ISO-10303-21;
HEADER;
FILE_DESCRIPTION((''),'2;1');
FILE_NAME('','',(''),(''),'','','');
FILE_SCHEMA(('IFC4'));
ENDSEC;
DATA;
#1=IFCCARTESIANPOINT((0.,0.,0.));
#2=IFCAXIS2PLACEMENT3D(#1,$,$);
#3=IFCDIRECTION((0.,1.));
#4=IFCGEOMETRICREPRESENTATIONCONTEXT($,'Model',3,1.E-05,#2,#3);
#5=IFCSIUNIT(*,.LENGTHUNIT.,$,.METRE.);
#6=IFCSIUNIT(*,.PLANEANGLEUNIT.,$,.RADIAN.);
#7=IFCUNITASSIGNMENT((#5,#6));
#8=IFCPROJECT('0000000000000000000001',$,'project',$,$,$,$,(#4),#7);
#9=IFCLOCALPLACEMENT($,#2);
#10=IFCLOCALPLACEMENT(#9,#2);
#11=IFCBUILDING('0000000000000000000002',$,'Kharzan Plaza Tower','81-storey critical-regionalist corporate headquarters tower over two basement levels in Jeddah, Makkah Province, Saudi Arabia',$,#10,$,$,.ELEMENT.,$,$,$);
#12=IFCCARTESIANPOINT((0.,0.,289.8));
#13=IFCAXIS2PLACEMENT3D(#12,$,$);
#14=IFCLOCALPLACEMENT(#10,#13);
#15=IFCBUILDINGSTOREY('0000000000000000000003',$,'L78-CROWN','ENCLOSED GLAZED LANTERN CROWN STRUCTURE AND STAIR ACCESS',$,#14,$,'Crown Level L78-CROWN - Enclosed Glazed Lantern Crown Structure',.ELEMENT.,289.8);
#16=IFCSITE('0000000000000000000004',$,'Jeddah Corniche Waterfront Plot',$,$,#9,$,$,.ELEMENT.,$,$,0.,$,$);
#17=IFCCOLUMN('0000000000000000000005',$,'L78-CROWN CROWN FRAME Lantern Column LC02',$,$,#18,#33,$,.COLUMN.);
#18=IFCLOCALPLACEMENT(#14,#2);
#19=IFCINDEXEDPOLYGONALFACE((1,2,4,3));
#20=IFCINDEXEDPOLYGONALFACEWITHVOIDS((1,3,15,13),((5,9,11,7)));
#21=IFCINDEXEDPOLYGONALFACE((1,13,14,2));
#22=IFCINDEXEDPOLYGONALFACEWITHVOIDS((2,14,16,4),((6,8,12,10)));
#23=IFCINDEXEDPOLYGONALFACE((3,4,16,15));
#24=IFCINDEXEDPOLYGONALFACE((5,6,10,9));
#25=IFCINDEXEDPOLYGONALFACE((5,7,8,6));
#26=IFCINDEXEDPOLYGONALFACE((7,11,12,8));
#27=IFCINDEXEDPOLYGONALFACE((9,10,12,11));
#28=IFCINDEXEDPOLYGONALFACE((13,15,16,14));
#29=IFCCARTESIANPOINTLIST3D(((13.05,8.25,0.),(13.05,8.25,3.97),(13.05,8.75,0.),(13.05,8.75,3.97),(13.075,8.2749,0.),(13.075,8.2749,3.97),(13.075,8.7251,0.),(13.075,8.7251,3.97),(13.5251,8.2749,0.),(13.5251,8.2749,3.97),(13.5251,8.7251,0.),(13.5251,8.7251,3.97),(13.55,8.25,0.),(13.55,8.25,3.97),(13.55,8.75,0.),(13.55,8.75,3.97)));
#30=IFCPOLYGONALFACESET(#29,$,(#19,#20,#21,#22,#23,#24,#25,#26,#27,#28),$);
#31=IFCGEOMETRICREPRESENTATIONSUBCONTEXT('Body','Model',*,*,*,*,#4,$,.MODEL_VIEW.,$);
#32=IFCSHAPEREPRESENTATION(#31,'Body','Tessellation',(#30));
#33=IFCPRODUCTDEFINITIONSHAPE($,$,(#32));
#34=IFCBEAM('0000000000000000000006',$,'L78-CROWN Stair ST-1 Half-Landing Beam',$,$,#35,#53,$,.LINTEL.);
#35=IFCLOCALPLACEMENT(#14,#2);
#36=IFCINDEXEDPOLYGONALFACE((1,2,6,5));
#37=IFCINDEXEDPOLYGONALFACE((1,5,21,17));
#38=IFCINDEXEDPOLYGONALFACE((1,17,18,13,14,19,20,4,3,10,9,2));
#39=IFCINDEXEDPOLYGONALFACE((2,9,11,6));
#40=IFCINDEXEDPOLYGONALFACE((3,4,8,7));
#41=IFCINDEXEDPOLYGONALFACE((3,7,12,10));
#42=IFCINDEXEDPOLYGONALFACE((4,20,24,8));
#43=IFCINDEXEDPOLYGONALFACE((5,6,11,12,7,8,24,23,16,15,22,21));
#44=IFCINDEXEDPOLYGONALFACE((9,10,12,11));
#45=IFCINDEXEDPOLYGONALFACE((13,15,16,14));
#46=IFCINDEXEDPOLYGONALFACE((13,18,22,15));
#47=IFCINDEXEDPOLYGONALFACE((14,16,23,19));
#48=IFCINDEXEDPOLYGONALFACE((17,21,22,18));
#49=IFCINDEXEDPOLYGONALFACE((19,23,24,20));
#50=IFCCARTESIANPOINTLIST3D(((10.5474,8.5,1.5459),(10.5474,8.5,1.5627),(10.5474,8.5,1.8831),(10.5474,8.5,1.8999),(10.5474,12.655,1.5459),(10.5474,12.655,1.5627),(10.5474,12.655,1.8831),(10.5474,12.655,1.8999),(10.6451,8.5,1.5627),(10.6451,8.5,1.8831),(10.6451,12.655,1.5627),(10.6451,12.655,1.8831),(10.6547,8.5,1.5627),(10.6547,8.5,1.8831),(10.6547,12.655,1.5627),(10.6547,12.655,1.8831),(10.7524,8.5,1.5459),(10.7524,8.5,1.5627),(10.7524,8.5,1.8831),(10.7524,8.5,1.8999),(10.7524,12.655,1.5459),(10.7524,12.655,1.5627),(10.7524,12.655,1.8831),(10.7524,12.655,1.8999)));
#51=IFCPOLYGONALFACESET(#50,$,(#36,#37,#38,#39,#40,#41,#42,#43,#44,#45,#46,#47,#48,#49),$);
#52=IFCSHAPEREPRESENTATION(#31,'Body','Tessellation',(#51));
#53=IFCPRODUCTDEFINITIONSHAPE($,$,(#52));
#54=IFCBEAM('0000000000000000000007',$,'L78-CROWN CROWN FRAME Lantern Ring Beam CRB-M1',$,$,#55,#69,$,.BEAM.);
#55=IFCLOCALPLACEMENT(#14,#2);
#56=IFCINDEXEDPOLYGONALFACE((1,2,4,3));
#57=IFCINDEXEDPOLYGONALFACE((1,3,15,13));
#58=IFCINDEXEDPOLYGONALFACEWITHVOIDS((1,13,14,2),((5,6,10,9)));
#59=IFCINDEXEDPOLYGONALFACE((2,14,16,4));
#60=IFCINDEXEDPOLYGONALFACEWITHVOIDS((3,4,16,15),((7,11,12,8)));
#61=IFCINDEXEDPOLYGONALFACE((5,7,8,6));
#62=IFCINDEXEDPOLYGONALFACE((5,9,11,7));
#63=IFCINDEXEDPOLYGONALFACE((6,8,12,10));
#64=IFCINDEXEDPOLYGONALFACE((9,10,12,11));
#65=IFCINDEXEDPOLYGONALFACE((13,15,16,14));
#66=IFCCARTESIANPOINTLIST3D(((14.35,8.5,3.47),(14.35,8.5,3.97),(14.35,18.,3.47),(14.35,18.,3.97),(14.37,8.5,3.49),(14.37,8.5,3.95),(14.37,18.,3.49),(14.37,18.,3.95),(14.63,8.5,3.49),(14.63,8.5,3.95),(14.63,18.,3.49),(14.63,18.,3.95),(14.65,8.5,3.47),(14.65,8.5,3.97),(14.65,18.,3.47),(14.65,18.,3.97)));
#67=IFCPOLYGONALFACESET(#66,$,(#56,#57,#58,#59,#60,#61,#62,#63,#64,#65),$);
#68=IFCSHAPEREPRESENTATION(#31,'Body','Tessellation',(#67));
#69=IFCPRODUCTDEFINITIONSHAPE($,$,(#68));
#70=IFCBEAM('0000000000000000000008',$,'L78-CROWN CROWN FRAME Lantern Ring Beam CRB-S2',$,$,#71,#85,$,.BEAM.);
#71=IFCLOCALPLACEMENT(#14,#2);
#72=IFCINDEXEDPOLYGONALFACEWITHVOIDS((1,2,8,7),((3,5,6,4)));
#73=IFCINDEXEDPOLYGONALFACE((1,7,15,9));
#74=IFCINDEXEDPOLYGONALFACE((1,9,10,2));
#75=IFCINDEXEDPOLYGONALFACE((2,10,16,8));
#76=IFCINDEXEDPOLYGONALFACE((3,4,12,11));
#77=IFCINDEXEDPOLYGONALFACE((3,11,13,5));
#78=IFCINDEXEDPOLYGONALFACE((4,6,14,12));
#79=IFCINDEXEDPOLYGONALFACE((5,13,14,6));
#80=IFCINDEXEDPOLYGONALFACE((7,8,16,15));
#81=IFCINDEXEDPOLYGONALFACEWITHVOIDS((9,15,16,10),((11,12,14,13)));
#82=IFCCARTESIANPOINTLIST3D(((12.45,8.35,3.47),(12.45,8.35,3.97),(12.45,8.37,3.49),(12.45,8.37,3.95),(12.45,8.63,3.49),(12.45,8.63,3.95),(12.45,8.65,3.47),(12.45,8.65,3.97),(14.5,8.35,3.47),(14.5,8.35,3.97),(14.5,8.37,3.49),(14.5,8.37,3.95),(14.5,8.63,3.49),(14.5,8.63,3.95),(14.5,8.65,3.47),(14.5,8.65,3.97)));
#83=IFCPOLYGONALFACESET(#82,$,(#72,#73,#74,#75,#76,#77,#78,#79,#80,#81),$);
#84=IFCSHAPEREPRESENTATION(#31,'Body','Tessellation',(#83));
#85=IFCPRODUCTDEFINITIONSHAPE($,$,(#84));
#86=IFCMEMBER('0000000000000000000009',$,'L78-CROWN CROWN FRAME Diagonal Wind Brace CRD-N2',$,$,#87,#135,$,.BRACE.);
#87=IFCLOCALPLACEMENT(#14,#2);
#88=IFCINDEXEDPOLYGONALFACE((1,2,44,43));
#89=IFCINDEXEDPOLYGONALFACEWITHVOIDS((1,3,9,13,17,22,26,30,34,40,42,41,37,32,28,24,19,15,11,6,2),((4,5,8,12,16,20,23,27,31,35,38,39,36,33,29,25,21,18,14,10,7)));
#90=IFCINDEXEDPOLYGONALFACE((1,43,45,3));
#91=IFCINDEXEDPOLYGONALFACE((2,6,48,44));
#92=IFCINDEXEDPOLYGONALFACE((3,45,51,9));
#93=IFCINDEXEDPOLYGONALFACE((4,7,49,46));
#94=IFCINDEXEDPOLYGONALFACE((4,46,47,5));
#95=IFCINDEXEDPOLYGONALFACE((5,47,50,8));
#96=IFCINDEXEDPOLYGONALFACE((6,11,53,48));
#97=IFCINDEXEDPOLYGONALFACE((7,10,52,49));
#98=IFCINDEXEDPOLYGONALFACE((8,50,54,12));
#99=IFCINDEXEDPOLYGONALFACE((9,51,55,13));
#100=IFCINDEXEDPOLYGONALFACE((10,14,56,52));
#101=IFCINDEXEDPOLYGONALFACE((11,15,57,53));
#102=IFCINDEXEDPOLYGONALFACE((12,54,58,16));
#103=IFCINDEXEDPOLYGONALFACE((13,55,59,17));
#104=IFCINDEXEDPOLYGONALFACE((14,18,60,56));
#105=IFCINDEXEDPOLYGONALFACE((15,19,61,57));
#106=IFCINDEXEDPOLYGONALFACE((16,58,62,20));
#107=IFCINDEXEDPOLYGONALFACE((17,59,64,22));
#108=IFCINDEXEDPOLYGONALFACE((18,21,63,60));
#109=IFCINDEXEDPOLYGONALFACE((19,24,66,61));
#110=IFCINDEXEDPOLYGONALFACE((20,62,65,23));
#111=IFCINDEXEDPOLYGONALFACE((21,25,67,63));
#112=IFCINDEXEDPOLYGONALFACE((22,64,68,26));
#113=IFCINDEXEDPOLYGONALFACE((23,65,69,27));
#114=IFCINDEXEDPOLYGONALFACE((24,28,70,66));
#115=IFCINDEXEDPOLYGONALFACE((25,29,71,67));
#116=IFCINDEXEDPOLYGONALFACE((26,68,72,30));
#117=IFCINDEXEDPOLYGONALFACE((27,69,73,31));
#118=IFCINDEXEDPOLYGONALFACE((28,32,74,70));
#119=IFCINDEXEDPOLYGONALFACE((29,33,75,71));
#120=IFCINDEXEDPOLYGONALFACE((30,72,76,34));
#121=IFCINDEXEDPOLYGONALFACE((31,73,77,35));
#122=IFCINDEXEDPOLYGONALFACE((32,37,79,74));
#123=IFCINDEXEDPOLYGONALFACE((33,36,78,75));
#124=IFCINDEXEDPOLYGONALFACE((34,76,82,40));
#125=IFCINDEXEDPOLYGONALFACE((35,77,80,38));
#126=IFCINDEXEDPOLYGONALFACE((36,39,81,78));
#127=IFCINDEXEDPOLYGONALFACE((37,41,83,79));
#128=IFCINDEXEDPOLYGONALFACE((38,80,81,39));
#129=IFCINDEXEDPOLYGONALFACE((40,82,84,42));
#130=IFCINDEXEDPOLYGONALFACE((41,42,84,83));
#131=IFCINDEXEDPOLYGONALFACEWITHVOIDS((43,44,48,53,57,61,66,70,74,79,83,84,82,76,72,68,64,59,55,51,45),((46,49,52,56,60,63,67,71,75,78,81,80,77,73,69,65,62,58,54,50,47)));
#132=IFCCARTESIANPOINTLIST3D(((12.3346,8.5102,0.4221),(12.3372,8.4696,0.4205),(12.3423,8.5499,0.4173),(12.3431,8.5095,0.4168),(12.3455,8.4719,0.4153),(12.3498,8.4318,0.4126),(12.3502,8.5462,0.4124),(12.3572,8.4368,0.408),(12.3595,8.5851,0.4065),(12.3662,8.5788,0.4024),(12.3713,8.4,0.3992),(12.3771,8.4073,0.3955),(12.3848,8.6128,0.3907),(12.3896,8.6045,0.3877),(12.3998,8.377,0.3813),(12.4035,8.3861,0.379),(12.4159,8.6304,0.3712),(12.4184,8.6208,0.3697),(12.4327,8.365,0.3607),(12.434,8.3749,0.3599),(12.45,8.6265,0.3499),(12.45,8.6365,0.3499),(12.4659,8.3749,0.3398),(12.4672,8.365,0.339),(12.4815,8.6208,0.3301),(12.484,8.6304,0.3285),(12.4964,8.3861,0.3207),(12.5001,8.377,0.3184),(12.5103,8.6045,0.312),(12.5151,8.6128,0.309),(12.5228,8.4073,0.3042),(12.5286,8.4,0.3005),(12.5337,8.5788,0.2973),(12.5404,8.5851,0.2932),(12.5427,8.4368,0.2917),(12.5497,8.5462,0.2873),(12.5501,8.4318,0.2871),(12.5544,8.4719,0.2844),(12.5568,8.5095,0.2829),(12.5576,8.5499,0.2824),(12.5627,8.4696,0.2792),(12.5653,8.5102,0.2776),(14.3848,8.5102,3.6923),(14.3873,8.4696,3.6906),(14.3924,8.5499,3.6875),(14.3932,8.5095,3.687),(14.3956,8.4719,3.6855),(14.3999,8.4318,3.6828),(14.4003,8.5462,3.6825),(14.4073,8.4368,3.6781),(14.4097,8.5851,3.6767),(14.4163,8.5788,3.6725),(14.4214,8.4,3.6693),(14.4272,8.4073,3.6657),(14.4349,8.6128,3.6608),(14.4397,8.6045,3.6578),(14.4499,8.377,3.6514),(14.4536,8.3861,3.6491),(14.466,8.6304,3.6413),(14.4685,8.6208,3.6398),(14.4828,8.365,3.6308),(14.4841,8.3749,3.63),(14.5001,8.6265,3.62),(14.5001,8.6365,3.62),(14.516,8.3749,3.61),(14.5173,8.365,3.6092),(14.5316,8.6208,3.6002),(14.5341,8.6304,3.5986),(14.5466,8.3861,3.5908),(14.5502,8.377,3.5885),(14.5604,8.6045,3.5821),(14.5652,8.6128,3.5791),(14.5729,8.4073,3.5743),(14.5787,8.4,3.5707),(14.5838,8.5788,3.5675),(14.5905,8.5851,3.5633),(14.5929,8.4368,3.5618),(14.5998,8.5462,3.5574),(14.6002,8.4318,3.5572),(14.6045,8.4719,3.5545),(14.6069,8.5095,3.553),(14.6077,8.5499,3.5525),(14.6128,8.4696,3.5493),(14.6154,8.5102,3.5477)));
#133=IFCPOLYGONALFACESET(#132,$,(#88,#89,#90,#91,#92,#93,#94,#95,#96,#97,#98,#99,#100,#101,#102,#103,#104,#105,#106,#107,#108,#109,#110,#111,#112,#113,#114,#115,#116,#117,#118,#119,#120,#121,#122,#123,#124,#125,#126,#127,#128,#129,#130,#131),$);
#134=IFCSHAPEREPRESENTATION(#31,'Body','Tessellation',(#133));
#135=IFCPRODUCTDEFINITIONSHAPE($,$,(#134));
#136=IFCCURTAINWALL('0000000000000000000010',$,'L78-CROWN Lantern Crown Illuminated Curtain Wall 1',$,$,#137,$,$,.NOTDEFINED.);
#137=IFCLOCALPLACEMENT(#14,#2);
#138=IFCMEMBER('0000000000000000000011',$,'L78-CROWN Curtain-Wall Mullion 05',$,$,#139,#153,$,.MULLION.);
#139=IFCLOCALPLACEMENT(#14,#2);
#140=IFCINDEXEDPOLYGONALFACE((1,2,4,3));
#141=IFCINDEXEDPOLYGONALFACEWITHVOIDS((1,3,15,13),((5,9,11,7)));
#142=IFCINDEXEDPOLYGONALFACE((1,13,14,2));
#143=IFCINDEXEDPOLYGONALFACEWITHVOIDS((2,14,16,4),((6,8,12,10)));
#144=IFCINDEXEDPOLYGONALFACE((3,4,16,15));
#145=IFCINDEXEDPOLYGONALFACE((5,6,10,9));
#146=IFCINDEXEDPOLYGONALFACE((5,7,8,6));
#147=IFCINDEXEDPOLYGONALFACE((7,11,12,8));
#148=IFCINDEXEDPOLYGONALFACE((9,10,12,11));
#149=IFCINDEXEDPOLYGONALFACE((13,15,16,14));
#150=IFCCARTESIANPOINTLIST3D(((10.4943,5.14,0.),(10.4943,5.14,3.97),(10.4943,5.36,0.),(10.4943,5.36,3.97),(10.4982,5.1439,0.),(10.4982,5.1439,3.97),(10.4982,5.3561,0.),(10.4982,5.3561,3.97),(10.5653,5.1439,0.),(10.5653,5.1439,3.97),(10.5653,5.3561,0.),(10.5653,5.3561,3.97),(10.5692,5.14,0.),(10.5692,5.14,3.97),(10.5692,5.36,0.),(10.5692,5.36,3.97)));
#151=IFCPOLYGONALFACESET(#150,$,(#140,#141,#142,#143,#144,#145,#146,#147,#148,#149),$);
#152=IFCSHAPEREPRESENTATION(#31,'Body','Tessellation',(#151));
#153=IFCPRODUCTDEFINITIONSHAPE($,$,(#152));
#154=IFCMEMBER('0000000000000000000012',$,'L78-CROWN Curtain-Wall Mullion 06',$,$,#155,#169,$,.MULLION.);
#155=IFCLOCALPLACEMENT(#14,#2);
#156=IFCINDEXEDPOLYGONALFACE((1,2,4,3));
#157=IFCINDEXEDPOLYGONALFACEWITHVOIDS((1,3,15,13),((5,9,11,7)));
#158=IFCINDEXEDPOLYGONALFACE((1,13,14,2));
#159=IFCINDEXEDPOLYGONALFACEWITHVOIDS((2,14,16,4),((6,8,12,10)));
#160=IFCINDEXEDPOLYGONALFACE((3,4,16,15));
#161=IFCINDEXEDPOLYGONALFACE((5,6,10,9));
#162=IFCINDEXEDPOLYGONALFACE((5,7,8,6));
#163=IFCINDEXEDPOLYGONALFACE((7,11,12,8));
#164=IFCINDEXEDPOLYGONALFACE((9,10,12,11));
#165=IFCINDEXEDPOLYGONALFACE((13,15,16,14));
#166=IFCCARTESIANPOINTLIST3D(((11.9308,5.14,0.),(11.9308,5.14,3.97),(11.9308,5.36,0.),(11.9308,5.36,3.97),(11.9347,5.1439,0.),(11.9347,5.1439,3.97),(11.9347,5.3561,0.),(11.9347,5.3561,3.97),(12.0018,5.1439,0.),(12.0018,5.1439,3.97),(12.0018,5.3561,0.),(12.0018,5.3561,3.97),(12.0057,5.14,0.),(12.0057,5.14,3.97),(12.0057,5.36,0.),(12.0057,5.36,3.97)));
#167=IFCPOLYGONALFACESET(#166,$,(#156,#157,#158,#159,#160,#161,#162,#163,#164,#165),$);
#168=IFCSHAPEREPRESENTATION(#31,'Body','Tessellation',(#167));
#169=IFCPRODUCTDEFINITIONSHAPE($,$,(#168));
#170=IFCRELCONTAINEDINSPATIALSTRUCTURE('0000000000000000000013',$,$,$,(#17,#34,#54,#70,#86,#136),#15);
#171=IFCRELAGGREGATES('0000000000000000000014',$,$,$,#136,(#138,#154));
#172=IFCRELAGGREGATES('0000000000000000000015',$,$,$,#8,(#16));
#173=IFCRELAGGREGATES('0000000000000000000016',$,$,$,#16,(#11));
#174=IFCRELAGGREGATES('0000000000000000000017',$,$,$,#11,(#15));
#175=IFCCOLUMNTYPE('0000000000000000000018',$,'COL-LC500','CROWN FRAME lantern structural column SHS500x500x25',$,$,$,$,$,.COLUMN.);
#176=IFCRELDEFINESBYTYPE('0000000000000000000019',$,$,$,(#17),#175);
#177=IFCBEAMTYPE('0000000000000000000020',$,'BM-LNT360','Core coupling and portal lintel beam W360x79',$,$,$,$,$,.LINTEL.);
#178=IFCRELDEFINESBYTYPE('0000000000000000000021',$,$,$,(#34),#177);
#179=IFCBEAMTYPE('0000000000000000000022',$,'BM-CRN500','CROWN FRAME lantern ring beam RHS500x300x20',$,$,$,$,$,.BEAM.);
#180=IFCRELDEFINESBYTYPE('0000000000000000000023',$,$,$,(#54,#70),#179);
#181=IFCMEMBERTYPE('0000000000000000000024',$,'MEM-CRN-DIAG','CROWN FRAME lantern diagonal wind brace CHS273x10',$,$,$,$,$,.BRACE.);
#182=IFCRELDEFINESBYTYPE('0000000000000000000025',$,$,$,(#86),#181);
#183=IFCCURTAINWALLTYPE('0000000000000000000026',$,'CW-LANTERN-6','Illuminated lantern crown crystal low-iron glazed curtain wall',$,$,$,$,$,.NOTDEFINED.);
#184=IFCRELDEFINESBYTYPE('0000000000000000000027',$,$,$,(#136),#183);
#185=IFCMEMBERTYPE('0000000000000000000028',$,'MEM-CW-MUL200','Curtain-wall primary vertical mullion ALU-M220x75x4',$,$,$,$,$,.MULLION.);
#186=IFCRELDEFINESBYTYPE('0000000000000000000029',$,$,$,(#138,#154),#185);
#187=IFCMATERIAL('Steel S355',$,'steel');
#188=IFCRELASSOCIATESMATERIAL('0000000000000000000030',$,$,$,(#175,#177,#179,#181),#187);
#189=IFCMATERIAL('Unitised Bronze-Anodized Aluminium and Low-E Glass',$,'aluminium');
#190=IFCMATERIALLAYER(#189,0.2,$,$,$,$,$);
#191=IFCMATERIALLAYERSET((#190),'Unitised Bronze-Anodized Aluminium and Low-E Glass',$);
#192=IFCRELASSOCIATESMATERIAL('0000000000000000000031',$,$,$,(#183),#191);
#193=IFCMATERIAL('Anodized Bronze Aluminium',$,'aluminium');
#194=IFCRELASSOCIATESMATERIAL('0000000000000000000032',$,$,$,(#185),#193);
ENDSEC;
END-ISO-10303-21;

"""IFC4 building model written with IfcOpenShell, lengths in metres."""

from ifc_helpers import new_model, si_unit, direction, frame, origin, origin_2d, place, context, subcontext, project, spatial, hollow_rectangle, hollow_circle, i_section, extrude, source, transform, mapped, material, layer, layer_set, material_profile, profile_set, type_object, element, aggregate, save


model = new_model("IFC4")

# Units and contexts
model_context = context("Model", 3, precision=1e-05, world=origin(), true_north=direction((0.0, 1.0)))
body_context = subcontext(model_context, "Body", "Model", "MODEL_VIEW")
ifc_project = project(units=[si_unit("LENGTHUNIT", "METRE"), si_unit("PLANEANGLEUNIT", "RADIAN")], contexts=[model_context])

# Site, building, storey
site_placement = place(None, origin())
site = spatial("IfcSite", under=ifc_project, at=site_placement, Name="Jeddah Corniche Waterfront Plot", CompositionType="ELEMENT", RefElevation=0.0)
building_placement = place(site_placement, origin())
building = spatial("IfcBuilding", under=site, at=building_placement, Name="Kharzan Plaza Tower", Description="81-storey critical-regionalist corporate headquarters tower over two basement levels in Jeddah, Makkah Province, Saudi Arabia", CompositionType="ELEMENT")
storey_placement = place(building_placement, frame((0.0, 0.0, 289.8)))
storey = spatial("IfcBuildingStorey", under=building, at=storey_placement, Name="L78-CROWN", Description="ENCLOSED GLAZED LANTERN CROWN STRUCTURE AND STAIR ACCESS", LongName="Crown Level L78-CROWN - Enclosed Glazed Lantern Crown Structure", CompositionType="ELEMENT", Elevation=289.8)

# Column
ifc_material_1 = material(Name="Steel S355", Category="steel")
ifc_material_profile_1 = material_profile(ifc_material_1, hollow_rectangle(XDim=0.5, YDim=0.5, WallThickness=0.0249, at=origin_2d()), Name="SHS500x500x25")
ifc_profile_set_1 = profile_set([ifc_material_profile_1], Name="Steel S355")
column_type = type_object("IfcColumnType", Name="COL-LC500", Description="CROWN FRAME lantern structural column SHS500x500x25", PredefinedType="COLUMN", material=ifc_profile_set_1)
shared_shape_1 = source(origin(), body_context, "Body", "SweptSolid", [
    extrude(hollow_rectangle(XDim=0.5, YDim=0.5, WallThickness=0.0249, at=origin_2d()), origin(), (0.0, 0.0, 1.0), 3.97),
])
column_placement = place(storey_placement, frame((13.3, 8.5, 0.0), z_axis=(0.0, 0.0, 1.0), x_axis=(1.0, 0.0, 0.0)))
element("IfcColumn", 1, at=column_placement, inside=storey, type_object=column_type, Name="L78-CROWN CROWN FRAME Lantern Column LC02", PredefinedType="COLUMN", context=body_context, shape_type="MappedRepresentation", body=[
    mapped(shared_shape_1, transform((0.0, 0.0, 0.0), x_axis=(1.0, 0.0, 0.0), y_axis=(0.0, 1.0, 0.0), z_axis=(0.0, 0.0, 1.0))),
])

# Beams
ifc_material_profile_2 = material_profile(ifc_material_1, i_section(OverallWidth=0.2051, OverallDepth=0.354, WebThickness=0.0095, FlangeThickness=0.0168, at=origin_2d()), Name="W360x79")
ifc_profile_set_2 = profile_set([ifc_material_profile_2], Name="Steel S355")
beam_type_1 = type_object("IfcBeamType", Name="BM-LNT360", Description="Core coupling and portal lintel beam W360x79", PredefinedType="LINTEL", material=ifc_profile_set_2)
shared_shape_2 = source(origin(), body_context, "Body", "SweptSolid", [
    extrude(i_section(OverallWidth=0.2051, OverallDepth=0.354, WebThickness=0.0095, FlangeThickness=0.0168, at=origin_2d()), origin(), (0.0, 0.0, 1.0), 4.155),
])
beam_1_placement = place(storey_placement, frame((10.6499, 8.5, 1.7229), z_axis=(0.0, 1.0, 0.0), x_axis=(-1.0, 0.0, 0.0)))
element("IfcBeam", 2, at=beam_1_placement, inside=storey, type_object=beam_type_1, Name="L78-CROWN Stair ST-1 Half-Landing Beam", PredefinedType="LINTEL", context=body_context, shape_type="MappedRepresentation", body=[
    mapped(shared_shape_2, transform((0.0, 0.0, 0.0), x_axis=(1.0, 0.0, 0.0), y_axis=(0.0, 1.0, 0.0), z_axis=(0.0, 0.0, 1.0))),
])
ifc_material_profile_3 = material_profile(ifc_material_1, hollow_rectangle(XDim=0.3, YDim=0.5, WallThickness=0.02, at=origin_2d()), Name="RHS500x300x20")
ifc_profile_set_3 = profile_set([ifc_material_profile_3], Name="Steel S355")
beam_type_2 = type_object("IfcBeamType", Name="BM-CRN500", Description="CROWN FRAME lantern ring beam RHS500x300x20", PredefinedType="BEAM", material=ifc_profile_set_3)
shared_shape_3 = source(origin(), body_context, "Body", "SweptSolid", [
    extrude(hollow_rectangle(XDim=0.3, YDim=0.5, WallThickness=0.02, at=origin_2d()), origin(), (0.0, 0.0, 1.0), 9.5),
])
beam_2_placement = place(storey_placement, frame((14.5, 8.5, 3.72), z_axis=(0.0, 1.0, 0.0), x_axis=(-1.0, 0.0, 0.0)))
element("IfcBeam", 3, at=beam_2_placement, inside=storey, type_object=beam_type_2, Name="L78-CROWN CROWN FRAME Lantern Ring Beam CRB-M1", PredefinedType="BEAM", context=body_context, shape_type="MappedRepresentation", body=[
    mapped(shared_shape_3, transform((0.0, 0.0, 0.0), x_axis=(1.0, 0.0, 0.0), y_axis=(0.0, 1.0, 0.0), z_axis=(0.0, 0.0, 1.0))),
])
shared_shape_4 = source(origin(), body_context, "Body", "SweptSolid", [
    extrude(hollow_rectangle(XDim=0.3, YDim=0.5, WallThickness=0.02, at=origin_2d()), origin(), (0.0, 0.0, 1.0), 2.05),
])
beam_3_placement = place(storey_placement, frame((12.45, 8.5, 3.72), z_axis=(1.0, 0.0, 0.0), x_axis=(0.0, 1.0, 0.0)))
element("IfcBeam", 4, at=beam_3_placement, inside=storey, type_object=beam_type_2, Name="L78-CROWN CROWN FRAME Lantern Ring Beam CRB-S2", PredefinedType="BEAM", context=body_context, shape_type="MappedRepresentation", body=[
    mapped(shared_shape_4, transform((0.0, 0.0, 0.0), x_axis=(1.0, 0.0, 0.0), y_axis=(0.0, 1.0, 0.0), z_axis=(0.0, 0.0, 1.0))),
])

# Member
ifc_material_profile_4 = material_profile(ifc_material_1, hollow_circle(Radius=0.1365, WallThickness=0.01, at=origin_2d()), Name="CHS273x10")
ifc_profile_set_4 = profile_set([ifc_material_profile_4], Name="Steel S355")
member_type_1 = type_object("IfcMemberType", Name="MEM-CRN-DIAG", Description="CROWN FRAME lantern diagonal wind brace CHS273x10", PredefinedType="BRACE", material=ifc_profile_set_4)
shared_shape_5 = source(origin(), body_context, "Body", "SweptSolid", [
    extrude(hollow_circle(Radius=0.1365, WallThickness=0.01, at=origin_2d()), origin(), (0.0, 0.0, 1.0), 3.8596),
])
member_1_placement = place(storey_placement, frame((12.45, 8.5, 0.3499), z_axis=(0.53117, 0.0, 0.847265), x_axis=(0.0, 1.0, 0.0)))
element("IfcMember", 5, at=member_1_placement, inside=storey, type_object=member_type_1, Name="L78-CROWN CROWN FRAME Diagonal Wind Brace CRD-N2", PredefinedType="BRACE", context=body_context, shape_type="MappedRepresentation", body=[
    mapped(shared_shape_5, transform((0.0, 0.0, 0.0), x_axis=(1.0, 0.0, 0.0), y_axis=(0.0, 1.0, 0.0), z_axis=(0.0, 0.0, 1.0))),
])

# Curtain wall, members
ifc_material_2 = material(Name="Unitised Bronze-Anodized Aluminium and Low-E Glass", Category="aluminium")
ifc_layer_1 = layer(ifc_material_2, 0.2)
ifc_layer_set_1 = layer_set([ifc_layer_1], Name="Unitised Bronze-Anodized Aluminium and Low-E Glass")
curtain_wall_type = type_object("IfcCurtainWallType", Name="CW-LANTERN-6", Description="Illuminated lantern crown crystal low-iron glazed curtain wall", PredefinedType="NOTDEFINED", material=ifc_layer_set_1)
curtain_wall_1_placement = place(storey_placement, origin())
curtain_wall_1 = element("IfcCurtainWall", 6, at=curtain_wall_1_placement, inside=storey, type_object=curtain_wall_type, Name="L78-CROWN Lantern Crown Illuminated Curtain Wall 1", PredefinedType="NOTDEFINED")
ifc_material_3 = material(Name="Anodized Bronze Aluminium", Category="aluminium")
ifc_material_profile_5 = material_profile(ifc_material_3, hollow_rectangle(XDim=0.075, YDim=0.22, WallThickness=0.0039, at=origin_2d()), Name="ALU-M220x75x4")
ifc_profile_set_5 = profile_set([ifc_material_profile_5], Name="Anodized Bronze Aluminium")
member_type_2 = type_object("IfcMemberType", Name="MEM-CW-MUL200", Description="Curtain-wall primary vertical mullion ALU-M220x75x4", PredefinedType="MULLION", material=ifc_profile_set_5)
shared_shape_6 = source(origin(), body_context, "Body", "SweptSolid", [
    extrude(hollow_rectangle(XDim=0.075, YDim=0.22, WallThickness=0.0039, at=origin_2d()), origin(), (0.0, 0.0, 1.0), 3.97),
])
member_2_placement = place(storey_placement, frame((10.5317, 5.25, 0.0), z_axis=(0.0, 0.0, 1.0), x_axis=(1.0, 0.0, 0.0)))
member_2 = element("IfcMember", 7, at=member_2_placement, type_object=member_type_2, Name="L78-CROWN Curtain-Wall Mullion 05", PredefinedType="MULLION", context=body_context, shape_type="MappedRepresentation", body=[
    mapped(shared_shape_6, transform((0.0, 0.0, 0.0), x_axis=(1.0, 0.0, 0.0), y_axis=(0.0, 1.0, 0.0), z_axis=(0.0, 0.0, 1.0))),
])
member_3_placement = place(storey_placement, frame((11.9683, 5.25, 0.0), z_axis=(0.0, 0.0, 1.0), x_axis=(1.0, 0.0, 0.0)))
member_3 = element("IfcMember", 8, at=member_3_placement, type_object=member_type_2, Name="L78-CROWN Curtain-Wall Mullion 06", PredefinedType="MULLION", context=body_context, shape_type="MappedRepresentation", body=[
    mapped(shared_shape_6, transform((0.0, 0.0, 0.0), x_axis=(1.0, 0.0, 0.0), y_axis=(0.0, 1.0, 0.0), z_axis=(0.0, 0.0, 1.0))),
])

aggregate(curtain_wall_1, [member_2, member_3])

save(model, "model.ifc")
